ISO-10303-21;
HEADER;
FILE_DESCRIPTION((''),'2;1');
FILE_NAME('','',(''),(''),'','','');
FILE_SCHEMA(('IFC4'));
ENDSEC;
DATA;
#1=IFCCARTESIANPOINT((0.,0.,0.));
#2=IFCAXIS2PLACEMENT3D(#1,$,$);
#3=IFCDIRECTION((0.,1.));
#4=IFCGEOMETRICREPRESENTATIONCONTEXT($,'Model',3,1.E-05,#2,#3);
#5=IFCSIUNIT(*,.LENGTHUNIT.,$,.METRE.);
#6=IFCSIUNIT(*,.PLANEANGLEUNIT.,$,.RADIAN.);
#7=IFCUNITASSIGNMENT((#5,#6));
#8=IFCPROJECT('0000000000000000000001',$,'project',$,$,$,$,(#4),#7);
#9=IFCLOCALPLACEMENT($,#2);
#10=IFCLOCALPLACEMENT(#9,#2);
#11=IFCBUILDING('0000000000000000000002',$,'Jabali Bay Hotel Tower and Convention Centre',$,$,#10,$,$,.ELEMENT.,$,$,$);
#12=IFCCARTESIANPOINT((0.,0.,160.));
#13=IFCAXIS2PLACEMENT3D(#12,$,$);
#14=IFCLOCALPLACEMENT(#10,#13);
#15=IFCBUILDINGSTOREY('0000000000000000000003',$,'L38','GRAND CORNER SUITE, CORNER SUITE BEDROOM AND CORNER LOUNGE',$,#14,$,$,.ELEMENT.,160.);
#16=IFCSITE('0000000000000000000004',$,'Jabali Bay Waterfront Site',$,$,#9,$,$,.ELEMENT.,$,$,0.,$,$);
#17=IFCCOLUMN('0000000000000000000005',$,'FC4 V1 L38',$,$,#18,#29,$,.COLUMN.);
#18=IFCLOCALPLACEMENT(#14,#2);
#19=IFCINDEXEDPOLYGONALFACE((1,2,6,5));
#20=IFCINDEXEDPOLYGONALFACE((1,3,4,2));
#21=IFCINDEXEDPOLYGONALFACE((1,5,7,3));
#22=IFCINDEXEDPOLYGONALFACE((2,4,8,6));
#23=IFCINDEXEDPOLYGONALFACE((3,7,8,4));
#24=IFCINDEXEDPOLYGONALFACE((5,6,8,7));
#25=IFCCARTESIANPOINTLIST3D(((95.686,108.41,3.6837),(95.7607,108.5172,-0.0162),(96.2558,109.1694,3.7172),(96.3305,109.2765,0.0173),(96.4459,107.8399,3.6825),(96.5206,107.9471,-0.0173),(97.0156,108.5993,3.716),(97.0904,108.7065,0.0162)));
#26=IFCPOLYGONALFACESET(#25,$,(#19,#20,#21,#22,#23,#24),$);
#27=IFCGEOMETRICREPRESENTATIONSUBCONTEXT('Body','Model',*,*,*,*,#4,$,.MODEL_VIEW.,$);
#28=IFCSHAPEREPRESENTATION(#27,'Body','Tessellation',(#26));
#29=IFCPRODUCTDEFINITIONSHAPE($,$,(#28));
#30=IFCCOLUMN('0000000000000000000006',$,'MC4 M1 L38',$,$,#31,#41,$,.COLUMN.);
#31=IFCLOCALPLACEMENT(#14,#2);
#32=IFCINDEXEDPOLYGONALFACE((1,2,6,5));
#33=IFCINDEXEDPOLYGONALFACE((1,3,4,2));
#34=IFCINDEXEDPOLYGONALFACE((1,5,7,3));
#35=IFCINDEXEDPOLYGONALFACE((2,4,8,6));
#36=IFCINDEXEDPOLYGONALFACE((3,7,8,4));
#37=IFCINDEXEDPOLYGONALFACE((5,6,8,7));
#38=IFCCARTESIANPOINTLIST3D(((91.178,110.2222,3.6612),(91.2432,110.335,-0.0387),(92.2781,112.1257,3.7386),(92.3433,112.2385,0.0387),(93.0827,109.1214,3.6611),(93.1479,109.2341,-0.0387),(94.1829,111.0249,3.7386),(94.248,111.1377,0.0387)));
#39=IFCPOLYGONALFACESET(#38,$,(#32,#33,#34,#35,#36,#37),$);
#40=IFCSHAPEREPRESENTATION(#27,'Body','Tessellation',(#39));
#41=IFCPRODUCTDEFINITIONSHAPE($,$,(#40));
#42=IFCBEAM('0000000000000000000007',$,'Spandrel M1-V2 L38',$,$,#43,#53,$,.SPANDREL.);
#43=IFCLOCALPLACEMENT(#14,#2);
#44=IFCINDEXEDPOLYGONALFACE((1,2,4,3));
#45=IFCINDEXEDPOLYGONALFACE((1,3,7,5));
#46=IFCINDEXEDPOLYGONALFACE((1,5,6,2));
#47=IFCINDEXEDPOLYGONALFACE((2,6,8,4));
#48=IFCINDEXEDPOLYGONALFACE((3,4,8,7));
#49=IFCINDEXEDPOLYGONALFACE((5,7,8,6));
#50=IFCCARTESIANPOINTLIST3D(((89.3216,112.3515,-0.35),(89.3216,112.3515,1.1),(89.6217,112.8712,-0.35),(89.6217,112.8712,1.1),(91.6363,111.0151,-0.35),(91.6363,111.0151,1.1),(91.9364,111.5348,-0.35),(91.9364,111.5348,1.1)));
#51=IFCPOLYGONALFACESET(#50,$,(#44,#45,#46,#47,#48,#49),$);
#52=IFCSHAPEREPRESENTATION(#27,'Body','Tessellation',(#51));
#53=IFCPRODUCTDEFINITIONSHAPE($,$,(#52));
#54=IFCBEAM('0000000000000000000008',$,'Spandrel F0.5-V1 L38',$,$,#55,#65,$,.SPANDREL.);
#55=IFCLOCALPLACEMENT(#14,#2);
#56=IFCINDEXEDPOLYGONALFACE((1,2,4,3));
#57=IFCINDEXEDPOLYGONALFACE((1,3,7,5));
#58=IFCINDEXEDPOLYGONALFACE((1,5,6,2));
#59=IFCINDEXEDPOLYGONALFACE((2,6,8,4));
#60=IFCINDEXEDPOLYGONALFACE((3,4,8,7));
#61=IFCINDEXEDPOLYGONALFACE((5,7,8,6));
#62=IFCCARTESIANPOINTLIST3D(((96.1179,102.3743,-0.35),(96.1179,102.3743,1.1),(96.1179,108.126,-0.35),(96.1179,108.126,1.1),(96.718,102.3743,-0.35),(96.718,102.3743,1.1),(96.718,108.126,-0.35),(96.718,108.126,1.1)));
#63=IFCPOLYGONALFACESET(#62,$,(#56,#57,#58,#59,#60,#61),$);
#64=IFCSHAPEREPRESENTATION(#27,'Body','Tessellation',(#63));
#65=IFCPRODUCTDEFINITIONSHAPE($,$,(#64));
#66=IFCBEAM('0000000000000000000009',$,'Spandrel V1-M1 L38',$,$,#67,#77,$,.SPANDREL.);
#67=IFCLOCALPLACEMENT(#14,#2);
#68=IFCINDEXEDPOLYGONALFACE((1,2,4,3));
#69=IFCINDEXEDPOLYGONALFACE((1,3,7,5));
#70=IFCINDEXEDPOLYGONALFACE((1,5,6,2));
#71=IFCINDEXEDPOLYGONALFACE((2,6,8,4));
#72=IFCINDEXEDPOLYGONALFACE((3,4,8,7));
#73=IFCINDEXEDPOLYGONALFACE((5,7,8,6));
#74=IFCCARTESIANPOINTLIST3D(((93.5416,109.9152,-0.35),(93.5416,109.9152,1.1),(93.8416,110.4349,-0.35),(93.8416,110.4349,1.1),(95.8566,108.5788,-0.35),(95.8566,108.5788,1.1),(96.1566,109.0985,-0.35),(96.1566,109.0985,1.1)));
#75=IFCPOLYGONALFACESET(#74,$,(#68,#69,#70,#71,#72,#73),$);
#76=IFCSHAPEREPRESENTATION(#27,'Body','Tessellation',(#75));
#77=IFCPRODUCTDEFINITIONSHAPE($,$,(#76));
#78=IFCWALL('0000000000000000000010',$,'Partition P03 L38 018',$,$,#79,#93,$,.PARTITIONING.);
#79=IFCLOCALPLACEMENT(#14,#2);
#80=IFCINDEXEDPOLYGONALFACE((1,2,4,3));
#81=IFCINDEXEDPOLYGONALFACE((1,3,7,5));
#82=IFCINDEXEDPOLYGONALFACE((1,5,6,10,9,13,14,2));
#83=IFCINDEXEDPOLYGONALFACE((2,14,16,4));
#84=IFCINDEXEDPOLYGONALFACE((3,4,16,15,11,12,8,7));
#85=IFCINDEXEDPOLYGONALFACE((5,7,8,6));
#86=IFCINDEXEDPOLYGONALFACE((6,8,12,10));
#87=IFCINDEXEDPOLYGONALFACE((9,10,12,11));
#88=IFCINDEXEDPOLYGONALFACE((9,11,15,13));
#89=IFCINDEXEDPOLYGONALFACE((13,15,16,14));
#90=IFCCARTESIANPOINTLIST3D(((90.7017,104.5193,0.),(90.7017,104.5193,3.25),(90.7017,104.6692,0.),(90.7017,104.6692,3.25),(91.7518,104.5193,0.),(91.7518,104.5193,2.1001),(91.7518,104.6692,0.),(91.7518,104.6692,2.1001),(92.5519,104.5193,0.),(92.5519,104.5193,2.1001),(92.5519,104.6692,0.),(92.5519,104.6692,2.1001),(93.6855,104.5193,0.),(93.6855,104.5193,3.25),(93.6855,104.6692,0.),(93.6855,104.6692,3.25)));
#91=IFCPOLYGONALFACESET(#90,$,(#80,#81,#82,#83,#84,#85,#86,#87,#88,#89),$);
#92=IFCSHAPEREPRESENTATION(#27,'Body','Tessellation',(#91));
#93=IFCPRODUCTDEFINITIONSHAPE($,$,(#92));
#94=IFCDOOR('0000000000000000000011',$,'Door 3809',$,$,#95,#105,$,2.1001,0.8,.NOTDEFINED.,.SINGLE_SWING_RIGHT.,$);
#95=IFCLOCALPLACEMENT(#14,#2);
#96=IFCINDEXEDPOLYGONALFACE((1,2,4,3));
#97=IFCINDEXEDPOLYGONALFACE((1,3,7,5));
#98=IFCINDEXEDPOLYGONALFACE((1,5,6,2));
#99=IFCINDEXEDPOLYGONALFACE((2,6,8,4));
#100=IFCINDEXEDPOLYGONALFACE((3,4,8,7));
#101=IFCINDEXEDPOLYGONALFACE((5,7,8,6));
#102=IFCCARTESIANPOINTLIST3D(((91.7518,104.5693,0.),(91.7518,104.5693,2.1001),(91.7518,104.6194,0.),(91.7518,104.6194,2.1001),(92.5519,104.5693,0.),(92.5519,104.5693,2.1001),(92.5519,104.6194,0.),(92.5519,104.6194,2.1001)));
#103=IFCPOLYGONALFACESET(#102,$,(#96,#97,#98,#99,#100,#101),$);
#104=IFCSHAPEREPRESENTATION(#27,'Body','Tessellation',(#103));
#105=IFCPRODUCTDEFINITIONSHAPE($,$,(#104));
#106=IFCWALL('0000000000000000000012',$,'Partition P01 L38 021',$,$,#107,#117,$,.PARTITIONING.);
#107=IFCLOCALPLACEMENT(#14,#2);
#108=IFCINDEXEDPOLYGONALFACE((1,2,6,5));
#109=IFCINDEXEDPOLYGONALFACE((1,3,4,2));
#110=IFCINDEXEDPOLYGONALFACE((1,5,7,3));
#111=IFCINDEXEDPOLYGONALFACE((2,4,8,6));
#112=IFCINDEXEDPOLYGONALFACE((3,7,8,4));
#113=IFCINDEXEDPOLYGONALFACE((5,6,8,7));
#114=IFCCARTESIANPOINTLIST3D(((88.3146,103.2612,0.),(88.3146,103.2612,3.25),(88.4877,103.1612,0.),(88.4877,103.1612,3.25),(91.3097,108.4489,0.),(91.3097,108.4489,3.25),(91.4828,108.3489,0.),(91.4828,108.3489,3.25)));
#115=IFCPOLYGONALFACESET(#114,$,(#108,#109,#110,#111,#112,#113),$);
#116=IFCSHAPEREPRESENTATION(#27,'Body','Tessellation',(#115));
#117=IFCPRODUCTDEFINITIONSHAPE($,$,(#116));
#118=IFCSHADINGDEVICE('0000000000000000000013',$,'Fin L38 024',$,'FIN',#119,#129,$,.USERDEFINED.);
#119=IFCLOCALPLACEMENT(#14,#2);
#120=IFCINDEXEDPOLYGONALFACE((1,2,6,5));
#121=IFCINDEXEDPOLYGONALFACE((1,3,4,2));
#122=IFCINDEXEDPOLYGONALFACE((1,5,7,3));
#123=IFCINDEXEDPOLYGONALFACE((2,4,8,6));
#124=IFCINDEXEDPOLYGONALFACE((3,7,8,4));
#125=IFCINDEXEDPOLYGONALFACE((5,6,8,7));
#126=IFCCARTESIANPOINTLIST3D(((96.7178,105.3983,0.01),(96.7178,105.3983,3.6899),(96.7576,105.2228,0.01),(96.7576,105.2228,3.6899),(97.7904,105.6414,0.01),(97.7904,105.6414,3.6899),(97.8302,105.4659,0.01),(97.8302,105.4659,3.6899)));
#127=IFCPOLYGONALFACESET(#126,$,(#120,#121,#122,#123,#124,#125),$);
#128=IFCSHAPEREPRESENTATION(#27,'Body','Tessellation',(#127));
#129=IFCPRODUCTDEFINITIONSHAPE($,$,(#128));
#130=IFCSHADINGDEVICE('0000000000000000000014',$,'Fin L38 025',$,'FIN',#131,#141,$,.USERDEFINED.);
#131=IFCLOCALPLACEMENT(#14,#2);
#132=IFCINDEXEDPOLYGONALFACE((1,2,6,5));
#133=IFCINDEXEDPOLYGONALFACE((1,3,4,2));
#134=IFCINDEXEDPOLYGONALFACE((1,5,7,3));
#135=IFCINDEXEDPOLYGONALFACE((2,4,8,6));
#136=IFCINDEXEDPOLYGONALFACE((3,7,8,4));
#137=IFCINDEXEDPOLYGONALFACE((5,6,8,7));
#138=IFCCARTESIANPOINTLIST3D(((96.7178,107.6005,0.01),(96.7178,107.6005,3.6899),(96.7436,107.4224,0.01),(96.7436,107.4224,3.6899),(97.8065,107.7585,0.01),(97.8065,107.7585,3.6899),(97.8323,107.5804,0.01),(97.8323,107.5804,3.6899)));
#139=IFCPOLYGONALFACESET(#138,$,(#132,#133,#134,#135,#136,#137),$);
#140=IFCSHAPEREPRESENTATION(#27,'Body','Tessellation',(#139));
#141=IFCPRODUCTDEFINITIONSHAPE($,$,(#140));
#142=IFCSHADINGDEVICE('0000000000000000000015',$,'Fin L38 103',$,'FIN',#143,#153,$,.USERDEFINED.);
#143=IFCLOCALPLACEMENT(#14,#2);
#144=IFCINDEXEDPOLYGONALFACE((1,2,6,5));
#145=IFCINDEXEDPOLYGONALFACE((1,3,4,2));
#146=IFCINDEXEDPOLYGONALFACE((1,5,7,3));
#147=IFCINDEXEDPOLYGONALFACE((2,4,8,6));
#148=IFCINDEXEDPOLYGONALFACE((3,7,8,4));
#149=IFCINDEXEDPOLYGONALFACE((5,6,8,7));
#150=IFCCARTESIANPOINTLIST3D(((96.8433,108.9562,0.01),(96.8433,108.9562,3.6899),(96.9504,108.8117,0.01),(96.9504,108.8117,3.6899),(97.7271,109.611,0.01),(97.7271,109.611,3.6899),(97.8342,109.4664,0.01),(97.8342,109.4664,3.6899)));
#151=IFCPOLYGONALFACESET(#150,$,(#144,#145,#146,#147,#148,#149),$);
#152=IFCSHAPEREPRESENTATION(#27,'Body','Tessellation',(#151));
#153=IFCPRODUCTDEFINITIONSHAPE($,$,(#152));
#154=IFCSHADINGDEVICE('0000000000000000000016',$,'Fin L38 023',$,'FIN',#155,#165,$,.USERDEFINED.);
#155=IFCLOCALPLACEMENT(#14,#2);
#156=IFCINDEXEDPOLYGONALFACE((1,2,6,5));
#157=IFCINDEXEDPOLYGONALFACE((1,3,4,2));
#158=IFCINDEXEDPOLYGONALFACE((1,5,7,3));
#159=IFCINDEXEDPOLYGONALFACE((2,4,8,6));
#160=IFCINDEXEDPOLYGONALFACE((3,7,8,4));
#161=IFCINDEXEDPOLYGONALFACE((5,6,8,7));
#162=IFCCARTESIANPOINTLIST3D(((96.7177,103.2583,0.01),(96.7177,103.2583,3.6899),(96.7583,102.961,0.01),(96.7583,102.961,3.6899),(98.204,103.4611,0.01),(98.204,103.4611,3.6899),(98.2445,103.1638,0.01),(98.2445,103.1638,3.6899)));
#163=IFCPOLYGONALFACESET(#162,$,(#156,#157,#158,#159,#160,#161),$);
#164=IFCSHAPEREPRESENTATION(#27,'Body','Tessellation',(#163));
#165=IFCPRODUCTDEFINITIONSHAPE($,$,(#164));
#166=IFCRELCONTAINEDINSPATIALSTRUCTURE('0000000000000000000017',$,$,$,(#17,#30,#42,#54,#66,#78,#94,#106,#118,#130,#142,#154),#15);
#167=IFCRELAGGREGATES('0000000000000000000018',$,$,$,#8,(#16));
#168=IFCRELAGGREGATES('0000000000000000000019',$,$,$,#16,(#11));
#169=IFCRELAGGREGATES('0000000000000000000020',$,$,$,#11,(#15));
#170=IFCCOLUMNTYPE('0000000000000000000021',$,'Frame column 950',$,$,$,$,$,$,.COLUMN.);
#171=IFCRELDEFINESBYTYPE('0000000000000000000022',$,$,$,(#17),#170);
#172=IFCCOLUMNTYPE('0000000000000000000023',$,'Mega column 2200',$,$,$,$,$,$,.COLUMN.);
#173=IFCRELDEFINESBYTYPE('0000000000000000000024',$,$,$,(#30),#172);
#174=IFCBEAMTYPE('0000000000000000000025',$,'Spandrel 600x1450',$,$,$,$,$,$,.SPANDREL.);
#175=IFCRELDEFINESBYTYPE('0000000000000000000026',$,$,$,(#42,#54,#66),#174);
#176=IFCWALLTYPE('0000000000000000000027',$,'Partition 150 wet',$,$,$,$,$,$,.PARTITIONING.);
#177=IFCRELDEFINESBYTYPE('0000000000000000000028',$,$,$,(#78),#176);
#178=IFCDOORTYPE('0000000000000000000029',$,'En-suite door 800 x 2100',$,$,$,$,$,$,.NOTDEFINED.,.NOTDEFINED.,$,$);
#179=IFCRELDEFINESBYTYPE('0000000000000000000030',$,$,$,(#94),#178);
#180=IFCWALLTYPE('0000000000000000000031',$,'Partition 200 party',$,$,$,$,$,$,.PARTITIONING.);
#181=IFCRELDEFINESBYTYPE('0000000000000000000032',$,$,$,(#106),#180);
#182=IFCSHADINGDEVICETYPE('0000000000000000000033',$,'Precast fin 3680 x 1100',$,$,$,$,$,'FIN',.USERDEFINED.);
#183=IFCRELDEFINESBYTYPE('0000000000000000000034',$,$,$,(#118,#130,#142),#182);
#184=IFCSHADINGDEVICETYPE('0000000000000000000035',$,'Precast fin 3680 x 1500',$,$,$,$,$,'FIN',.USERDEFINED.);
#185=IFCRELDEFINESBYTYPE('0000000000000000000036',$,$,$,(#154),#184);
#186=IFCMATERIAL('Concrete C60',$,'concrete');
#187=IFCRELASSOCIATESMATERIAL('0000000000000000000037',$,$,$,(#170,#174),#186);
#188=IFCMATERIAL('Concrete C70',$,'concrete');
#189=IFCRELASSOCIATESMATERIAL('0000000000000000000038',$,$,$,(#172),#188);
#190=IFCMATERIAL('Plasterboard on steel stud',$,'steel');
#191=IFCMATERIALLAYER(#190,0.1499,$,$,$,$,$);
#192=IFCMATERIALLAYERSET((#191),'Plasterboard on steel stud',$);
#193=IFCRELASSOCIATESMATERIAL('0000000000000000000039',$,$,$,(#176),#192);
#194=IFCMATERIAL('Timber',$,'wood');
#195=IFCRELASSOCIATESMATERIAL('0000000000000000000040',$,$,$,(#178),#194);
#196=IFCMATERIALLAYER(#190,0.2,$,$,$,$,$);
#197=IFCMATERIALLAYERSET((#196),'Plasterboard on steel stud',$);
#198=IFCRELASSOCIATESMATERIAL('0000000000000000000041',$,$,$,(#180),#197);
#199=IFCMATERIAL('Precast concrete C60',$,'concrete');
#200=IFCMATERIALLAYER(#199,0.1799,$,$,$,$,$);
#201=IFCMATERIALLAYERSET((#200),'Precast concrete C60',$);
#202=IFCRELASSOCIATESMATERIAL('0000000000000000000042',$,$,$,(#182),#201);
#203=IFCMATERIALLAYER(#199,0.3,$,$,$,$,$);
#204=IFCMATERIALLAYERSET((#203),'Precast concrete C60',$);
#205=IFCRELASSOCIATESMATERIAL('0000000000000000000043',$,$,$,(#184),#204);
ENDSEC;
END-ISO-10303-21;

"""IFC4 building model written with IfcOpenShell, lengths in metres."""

from ifc_helpers import new_model, si_unit, direction, frame, frame_2d, origin, origin_2d, place, context, subcontext, project, spatial, rectangle, extrude, material, layer, layer_set, material_profile, profile_set, type_object, element, fill, save


model = new_model("IFC4")

# Units and contexts
model_context = context("Model", 3, precision=1e-05, world=origin(), true_north=direction((0.0, 1.0)))
body_context = subcontext(model_context, "Body", "Model", "MODEL_VIEW")
ifc_project = project(units=[si_unit("LENGTHUNIT", "METRE"), si_unit("PLANEANGLEUNIT", "RADIAN")], contexts=[model_context])

# Site, building, storey
site_placement = place(None, origin())
site = spatial("IfcSite", under=ifc_project, at=site_placement, Name="Jabali Bay Waterfront Site", CompositionType="ELEMENT", RefElevation=0.0)
building_placement = place(site_placement, origin())
building = spatial("IfcBuilding", under=site, at=building_placement, Name="Jabali Bay Hotel Tower and Convention Centre", CompositionType="ELEMENT")
storey_placement = place(building_placement, frame((0.0, 0.0, 160.0)))
storey = spatial("IfcBuildingStorey", under=building, at=storey_placement, Name="L38", Description="GRAND CORNER SUITE, CORNER SUITE BEDROOM AND CORNER LOUNGE", CompositionType="ELEMENT", Elevation=160.0)

# Columns
ifc_material_1 = material(Name="Concrete C60", Category="concrete")
ifc_material_profile_1 = material_profile(ifc_material_1, rectangle(XDim=0.95, YDim=0.95, at=origin_2d()), Name="Frame column 950")
ifc_profile_set_1 = profile_set([ifc_material_profile_1], Name="Concrete C60")
column_type_1 = type_object("IfcColumnType", Name="Frame column 950", PredefinedType="COLUMN", material=ifc_profile_set_1)
column_1_placement = place(storey_placement, frame((96.4255, 108.6118, 0.0), z_axis=(-0.020179, -0.028949, 0.999377), x_axis=(0.599771, 0.799394, 0.035267)))
element("IfcColumn", 1, at=column_1_placement, inside=storey, type_object=column_type_1, Name="FC4 V1 L38", PredefinedType="COLUMN", context=body_context, shape_type="SweptSolid", body=[
    extrude(rectangle(XDim=0.95, YDim=0.95, at=origin_2d()), origin(), (0.0, 0.0, 1.0), 3.7021),
])
ifc_material_2 = material(Name="Concrete C70", Category="concrete")
ifc_material_profile_2 = material_profile(ifc_material_2, rectangle(XDim=2.2, YDim=2.2, at=origin_2d()), Name="Mega column 2200")
ifc_profile_set_2 = profile_set([ifc_material_profile_2], Name="Concrete C70")
column_type_2 = type_object("IfcColumnType", Name="Mega column 2200", PredefinedType="COLUMN", material=ifc_profile_set_2)
column_2_placement = place(storey_placement, frame((92.7456, 110.7363, 0.0), z_axis=(-0.017607, -0.030466, 0.999381), x_axis=(0.500067, 0.865271, 0.035188)))
element("IfcColumn", 2, at=column_2_placement, inside=storey, type_object=column_type_2, Name="MC4 M1 L38", PredefinedType="COLUMN", context=body_context, shape_type="SweptSolid", body=[
    extrude(rectangle(XDim=2.2, YDim=2.2, at=origin_2d()), origin(), (0.0, 0.0, 1.0), 3.7021),
])

# Beams
ifc_material_profile_3 = material_profile(ifc_material_1, rectangle(XDim=0.6001, YDim=1.45, at=origin_2d()), Name="Spandrel 600x1450")
ifc_profile_set_3 = profile_set([ifc_material_profile_3], Name="Concrete C60")
beam_type = type_object("IfcBeamType", Name="Spandrel 600x1450", PredefinedType="SPANDREL", material=ifc_profile_set_3)
beam_1_placement = place(storey_placement, frame((91.7864, 111.2749, 0.375), z_axis=(-0.86602, 0.50001, 0.0), x_axis=(-0.50001, -0.86602, 0.0)))
element("IfcBeam", 3, at=beam_1_placement, inside=storey, type_object=beam_type, Name="Spandrel M1-V2 L38", PredefinedType="SPANDREL", context=body_context, shape_type="SweptSolid", body=[
    extrude(rectangle(XDim=0.6001, YDim=1.45, at=origin_2d()), origin(), (0.0, 0.0, 1.0), 2.6729),
])
beam_2_placement = place(storey_placement, frame((96.418, 102.3743, 0.375), z_axis=(0.0, 1.0, 0.0), x_axis=(-1.0, 0.0, 0.0)))
element("IfcBeam", 4, at=beam_2_placement, inside=storey, type_object=beam_type, Name="Spandrel F0.5-V1 L38", PredefinedType="SPANDREL", context=body_context, shape_type="SweptSolid", body=[
    extrude(rectangle(XDim=0.6001, YDim=1.45, at=origin_2d()), origin(), (0.0, 0.0, 1.0), 5.7517),
])
beam_3_placement = place(storey_placement, frame((96.0066, 108.8386, 0.375), z_axis=(-0.866043, 0.49997, 0.0), x_axis=(-0.49997, -0.866043, 0.0)))
element("IfcBeam", 5, at=beam_3_placement, inside=storey, type_object=beam_type, Name="Spandrel V1-M1 L38", PredefinedType="SPANDREL", context=body_context, shape_type="SweptSolid", body=[
    extrude(rectangle(XDim=0.6001, YDim=1.45, at=origin_2d()), origin(), (0.0, 0.0, 1.0), 2.6731),
])

# Wall, opening, door
ifc_material_3 = material(Name="Plasterboard on steel stud", Category="steel")
ifc_layer_1 = layer(ifc_material_3, 0.1499)
ifc_layer_set_1 = layer_set([ifc_layer_1], Name="Plasterboard on steel stud")
wall_type_1 = type_object("IfcWallType", Name="Partition 150 wet", PredefinedType="PARTITIONING", material=ifc_layer_set_1)
wall_1_placement = place(storey_placement, frame((93.6855, 104.5942, 0.0), z_axis=(0.0, 0.0, 1.0), x_axis=(-1.0, 0.0, 0.0)))
wall_1 = element("IfcWall", 6, at=wall_1_placement, inside=storey, type_object=wall_type_1, Name="Partition P03 L38 018", PredefinedType="PARTITIONING", context=body_context, shape_type="SweptSolid", body=[
    extrude(rectangle(XDim=2.9839, YDim=0.1499, at=frame_2d((1.4919, 0.0))), origin(), (0.0, 0.0, 1.0), 3.25),
])
opening_1_placement = place(wall_1_placement, frame((1.1338, 0.0, 0.0)))
opening_1 = element("IfcOpeningElement", 7, at=opening_1_placement, cuts=wall_1, PredefinedType="OPENING", context=body_context, shape_type="SweptSolid", body=[
    extrude(rectangle(XDim=0.8, YDim=2.1001, at=frame_2d((0.3999, 1.05))), frame((0.0, 0.0854, 0.0), z_axis=(0.0, -1.0, 0.0), x_axis=(1.0, 0.0, 0.0)), (0.0, 0.0, 1.0), 0.1709),
])
ifc_material_4 = material(Name="Timber", Category="wood")
door_type_1 = type_object("IfcDoorType", Name="En-suite door 800 x 2100", OperationType="NOTDEFINED", PredefinedType="NOTDEFINED", material=ifc_material_4)
door_1_placement = place(opening_1_placement, origin())
door_1 = element("IfcDoor", 8, at=door_1_placement, inside=storey, type_object=door_type_1, Name="Door 3809", OperationType="SINGLE_SWING_RIGHT", OverallHeight=2.1001, OverallWidth=0.8, PredefinedType="NOTDEFINED", context=body_context, shape_type="SweptSolid", body=[
    extrude(rectangle(XDim=0.8, YDim=2.1001, at=frame_2d((0.3999, 1.05))), frame((0.0, 0.0249, 0.0), z_axis=(0.0, -1.0, 0.0), x_axis=(1.0, 0.0, 0.0)), (0.0, 0.0, 1.0), 0.05),
])
fill(opening_1, door_1)

# Wall
ifc_layer_2 = layer(ifc_material_3, 0.2)
ifc_layer_set_2 = layer_set([ifc_layer_2], Name="Plasterboard on steel stud")
wall_type_2 = type_object("IfcWallType", Name="Partition 200 party", PredefinedType="PARTITIONING", material=ifc_layer_set_2)
wall_2_placement = place(storey_placement, frame((91.3962, 108.3989, 0.0), z_axis=(0.0, 0.0, 1.0), x_axis=(-0.499996, -0.866027, 0.0)))
element("IfcWall", 9, at=wall_2_placement, inside=storey, type_object=wall_type_2, Name="Partition P01 L38 021", PredefinedType="PARTITIONING", context=body_context, shape_type="SweptSolid", body=[
    extrude(rectangle(XDim=5.9902, YDim=0.2, at=frame_2d((2.9951, 0.0))), origin(), (0.0, 0.0, 1.0), 3.25),
])

# Shading devices
ifc_material_5 = material(Name="Precast concrete C60", Category="concrete")
ifc_layer_3 = layer(ifc_material_5, 0.1799)
ifc_layer_set_3 = layer_set([ifc_layer_3], Name="Precast concrete C60")
shading_device_type_1 = type_object("IfcShadingDeviceType", Name="Precast fin 3680 x 1100", ElementType="FIN", PredefinedType="USERDEFINED", material=ifc_layer_set_3)
shading_device_1_placement = place(storey_placement, frame((96.7378, 105.3105, 0.01), z_axis=(0.0, 0.0, 1.0), x_axis=(0.975259, 0.221065, 0.0)))
element("IfcShadingDevice", 10, at=shading_device_1_placement, inside=storey, type_object=shading_device_type_1, Name="Fin L38 024", ObjectType="FIN", PredefinedType="USERDEFINED", context=body_context, shape_type="SweptSolid", body=[
    extrude(rectangle(XDim=1.0999, YDim=0.1799, at=frame_2d((0.5498, 0.0))), origin(), (0.0, 0.0, 1.0), 3.6799),
])
shading_device_2_placement = place(storey_placement, frame((96.7307, 107.5115, 0.01), z_axis=(0.0, 0.0, 1.0), x_axis=(0.989636, 0.143596, 0.0)))
element("IfcShadingDevice", 11, at=shading_device_2_placement, inside=storey, type_object=shading_device_type_1, Name="Fin L38 025", ObjectType="FIN", PredefinedType="USERDEFINED", context=body_context, shape_type="SweptSolid", body=[
    extrude(rectangle(XDim=1.1001, YDim=0.1799, at=frame_2d((0.55, 0.0))), origin(), (0.0, 0.0, 1.0), 3.6799),
])
shading_device_3_placement = place(storey_placement, frame((96.897, 108.884, 0.01), z_axis=(0.0, 0.0, 1.0), x_axis=(0.803502, 0.595302, 0.0)))
element("IfcShadingDevice", 12, at=shading_device_3_placement, inside=storey, type_object=shading_device_type_1, Name="Fin L38 103", ObjectType="FIN", PredefinedType="USERDEFINED", context=body_context, shape_type="SweptSolid", body=[
    extrude(rectangle(XDim=1.0999, YDim=0.1799, at=frame_2d((0.5498, 0.0))), origin(), (0.0, 0.0, 1.0), 3.6799),
])
ifc_layer_4 = layer(ifc_material_5, 0.3)
ifc_layer_set_4 = layer_set([ifc_layer_4], Name="Precast concrete C60")
shading_device_type_2 = type_object("IfcShadingDeviceType", Name="Precast fin 3680 x 1500", ElementType="FIN", PredefinedType="USERDEFINED", material=ifc_layer_set_4)
shading_device_4_placement = place(storey_placement, frame((96.738, 103.1096, 0.01), z_axis=(0.0, 0.0, 1.0), x_axis=(0.990812, 0.135244, 0.0)))
element("IfcShadingDevice", 13, at=shading_device_4_placement, inside=storey, type_object=shading_device_type_2, Name="Fin L38 023", ObjectType="FIN", PredefinedType="USERDEFINED", context=body_context, shape_type="SweptSolid", body=[
    extrude(rectangle(XDim=1.5, YDim=0.3, at=frame_2d((0.75, 0.0))), origin(), (0.0, 0.0, 1.0), 3.6799),
])

save(model, "model.ifc")
